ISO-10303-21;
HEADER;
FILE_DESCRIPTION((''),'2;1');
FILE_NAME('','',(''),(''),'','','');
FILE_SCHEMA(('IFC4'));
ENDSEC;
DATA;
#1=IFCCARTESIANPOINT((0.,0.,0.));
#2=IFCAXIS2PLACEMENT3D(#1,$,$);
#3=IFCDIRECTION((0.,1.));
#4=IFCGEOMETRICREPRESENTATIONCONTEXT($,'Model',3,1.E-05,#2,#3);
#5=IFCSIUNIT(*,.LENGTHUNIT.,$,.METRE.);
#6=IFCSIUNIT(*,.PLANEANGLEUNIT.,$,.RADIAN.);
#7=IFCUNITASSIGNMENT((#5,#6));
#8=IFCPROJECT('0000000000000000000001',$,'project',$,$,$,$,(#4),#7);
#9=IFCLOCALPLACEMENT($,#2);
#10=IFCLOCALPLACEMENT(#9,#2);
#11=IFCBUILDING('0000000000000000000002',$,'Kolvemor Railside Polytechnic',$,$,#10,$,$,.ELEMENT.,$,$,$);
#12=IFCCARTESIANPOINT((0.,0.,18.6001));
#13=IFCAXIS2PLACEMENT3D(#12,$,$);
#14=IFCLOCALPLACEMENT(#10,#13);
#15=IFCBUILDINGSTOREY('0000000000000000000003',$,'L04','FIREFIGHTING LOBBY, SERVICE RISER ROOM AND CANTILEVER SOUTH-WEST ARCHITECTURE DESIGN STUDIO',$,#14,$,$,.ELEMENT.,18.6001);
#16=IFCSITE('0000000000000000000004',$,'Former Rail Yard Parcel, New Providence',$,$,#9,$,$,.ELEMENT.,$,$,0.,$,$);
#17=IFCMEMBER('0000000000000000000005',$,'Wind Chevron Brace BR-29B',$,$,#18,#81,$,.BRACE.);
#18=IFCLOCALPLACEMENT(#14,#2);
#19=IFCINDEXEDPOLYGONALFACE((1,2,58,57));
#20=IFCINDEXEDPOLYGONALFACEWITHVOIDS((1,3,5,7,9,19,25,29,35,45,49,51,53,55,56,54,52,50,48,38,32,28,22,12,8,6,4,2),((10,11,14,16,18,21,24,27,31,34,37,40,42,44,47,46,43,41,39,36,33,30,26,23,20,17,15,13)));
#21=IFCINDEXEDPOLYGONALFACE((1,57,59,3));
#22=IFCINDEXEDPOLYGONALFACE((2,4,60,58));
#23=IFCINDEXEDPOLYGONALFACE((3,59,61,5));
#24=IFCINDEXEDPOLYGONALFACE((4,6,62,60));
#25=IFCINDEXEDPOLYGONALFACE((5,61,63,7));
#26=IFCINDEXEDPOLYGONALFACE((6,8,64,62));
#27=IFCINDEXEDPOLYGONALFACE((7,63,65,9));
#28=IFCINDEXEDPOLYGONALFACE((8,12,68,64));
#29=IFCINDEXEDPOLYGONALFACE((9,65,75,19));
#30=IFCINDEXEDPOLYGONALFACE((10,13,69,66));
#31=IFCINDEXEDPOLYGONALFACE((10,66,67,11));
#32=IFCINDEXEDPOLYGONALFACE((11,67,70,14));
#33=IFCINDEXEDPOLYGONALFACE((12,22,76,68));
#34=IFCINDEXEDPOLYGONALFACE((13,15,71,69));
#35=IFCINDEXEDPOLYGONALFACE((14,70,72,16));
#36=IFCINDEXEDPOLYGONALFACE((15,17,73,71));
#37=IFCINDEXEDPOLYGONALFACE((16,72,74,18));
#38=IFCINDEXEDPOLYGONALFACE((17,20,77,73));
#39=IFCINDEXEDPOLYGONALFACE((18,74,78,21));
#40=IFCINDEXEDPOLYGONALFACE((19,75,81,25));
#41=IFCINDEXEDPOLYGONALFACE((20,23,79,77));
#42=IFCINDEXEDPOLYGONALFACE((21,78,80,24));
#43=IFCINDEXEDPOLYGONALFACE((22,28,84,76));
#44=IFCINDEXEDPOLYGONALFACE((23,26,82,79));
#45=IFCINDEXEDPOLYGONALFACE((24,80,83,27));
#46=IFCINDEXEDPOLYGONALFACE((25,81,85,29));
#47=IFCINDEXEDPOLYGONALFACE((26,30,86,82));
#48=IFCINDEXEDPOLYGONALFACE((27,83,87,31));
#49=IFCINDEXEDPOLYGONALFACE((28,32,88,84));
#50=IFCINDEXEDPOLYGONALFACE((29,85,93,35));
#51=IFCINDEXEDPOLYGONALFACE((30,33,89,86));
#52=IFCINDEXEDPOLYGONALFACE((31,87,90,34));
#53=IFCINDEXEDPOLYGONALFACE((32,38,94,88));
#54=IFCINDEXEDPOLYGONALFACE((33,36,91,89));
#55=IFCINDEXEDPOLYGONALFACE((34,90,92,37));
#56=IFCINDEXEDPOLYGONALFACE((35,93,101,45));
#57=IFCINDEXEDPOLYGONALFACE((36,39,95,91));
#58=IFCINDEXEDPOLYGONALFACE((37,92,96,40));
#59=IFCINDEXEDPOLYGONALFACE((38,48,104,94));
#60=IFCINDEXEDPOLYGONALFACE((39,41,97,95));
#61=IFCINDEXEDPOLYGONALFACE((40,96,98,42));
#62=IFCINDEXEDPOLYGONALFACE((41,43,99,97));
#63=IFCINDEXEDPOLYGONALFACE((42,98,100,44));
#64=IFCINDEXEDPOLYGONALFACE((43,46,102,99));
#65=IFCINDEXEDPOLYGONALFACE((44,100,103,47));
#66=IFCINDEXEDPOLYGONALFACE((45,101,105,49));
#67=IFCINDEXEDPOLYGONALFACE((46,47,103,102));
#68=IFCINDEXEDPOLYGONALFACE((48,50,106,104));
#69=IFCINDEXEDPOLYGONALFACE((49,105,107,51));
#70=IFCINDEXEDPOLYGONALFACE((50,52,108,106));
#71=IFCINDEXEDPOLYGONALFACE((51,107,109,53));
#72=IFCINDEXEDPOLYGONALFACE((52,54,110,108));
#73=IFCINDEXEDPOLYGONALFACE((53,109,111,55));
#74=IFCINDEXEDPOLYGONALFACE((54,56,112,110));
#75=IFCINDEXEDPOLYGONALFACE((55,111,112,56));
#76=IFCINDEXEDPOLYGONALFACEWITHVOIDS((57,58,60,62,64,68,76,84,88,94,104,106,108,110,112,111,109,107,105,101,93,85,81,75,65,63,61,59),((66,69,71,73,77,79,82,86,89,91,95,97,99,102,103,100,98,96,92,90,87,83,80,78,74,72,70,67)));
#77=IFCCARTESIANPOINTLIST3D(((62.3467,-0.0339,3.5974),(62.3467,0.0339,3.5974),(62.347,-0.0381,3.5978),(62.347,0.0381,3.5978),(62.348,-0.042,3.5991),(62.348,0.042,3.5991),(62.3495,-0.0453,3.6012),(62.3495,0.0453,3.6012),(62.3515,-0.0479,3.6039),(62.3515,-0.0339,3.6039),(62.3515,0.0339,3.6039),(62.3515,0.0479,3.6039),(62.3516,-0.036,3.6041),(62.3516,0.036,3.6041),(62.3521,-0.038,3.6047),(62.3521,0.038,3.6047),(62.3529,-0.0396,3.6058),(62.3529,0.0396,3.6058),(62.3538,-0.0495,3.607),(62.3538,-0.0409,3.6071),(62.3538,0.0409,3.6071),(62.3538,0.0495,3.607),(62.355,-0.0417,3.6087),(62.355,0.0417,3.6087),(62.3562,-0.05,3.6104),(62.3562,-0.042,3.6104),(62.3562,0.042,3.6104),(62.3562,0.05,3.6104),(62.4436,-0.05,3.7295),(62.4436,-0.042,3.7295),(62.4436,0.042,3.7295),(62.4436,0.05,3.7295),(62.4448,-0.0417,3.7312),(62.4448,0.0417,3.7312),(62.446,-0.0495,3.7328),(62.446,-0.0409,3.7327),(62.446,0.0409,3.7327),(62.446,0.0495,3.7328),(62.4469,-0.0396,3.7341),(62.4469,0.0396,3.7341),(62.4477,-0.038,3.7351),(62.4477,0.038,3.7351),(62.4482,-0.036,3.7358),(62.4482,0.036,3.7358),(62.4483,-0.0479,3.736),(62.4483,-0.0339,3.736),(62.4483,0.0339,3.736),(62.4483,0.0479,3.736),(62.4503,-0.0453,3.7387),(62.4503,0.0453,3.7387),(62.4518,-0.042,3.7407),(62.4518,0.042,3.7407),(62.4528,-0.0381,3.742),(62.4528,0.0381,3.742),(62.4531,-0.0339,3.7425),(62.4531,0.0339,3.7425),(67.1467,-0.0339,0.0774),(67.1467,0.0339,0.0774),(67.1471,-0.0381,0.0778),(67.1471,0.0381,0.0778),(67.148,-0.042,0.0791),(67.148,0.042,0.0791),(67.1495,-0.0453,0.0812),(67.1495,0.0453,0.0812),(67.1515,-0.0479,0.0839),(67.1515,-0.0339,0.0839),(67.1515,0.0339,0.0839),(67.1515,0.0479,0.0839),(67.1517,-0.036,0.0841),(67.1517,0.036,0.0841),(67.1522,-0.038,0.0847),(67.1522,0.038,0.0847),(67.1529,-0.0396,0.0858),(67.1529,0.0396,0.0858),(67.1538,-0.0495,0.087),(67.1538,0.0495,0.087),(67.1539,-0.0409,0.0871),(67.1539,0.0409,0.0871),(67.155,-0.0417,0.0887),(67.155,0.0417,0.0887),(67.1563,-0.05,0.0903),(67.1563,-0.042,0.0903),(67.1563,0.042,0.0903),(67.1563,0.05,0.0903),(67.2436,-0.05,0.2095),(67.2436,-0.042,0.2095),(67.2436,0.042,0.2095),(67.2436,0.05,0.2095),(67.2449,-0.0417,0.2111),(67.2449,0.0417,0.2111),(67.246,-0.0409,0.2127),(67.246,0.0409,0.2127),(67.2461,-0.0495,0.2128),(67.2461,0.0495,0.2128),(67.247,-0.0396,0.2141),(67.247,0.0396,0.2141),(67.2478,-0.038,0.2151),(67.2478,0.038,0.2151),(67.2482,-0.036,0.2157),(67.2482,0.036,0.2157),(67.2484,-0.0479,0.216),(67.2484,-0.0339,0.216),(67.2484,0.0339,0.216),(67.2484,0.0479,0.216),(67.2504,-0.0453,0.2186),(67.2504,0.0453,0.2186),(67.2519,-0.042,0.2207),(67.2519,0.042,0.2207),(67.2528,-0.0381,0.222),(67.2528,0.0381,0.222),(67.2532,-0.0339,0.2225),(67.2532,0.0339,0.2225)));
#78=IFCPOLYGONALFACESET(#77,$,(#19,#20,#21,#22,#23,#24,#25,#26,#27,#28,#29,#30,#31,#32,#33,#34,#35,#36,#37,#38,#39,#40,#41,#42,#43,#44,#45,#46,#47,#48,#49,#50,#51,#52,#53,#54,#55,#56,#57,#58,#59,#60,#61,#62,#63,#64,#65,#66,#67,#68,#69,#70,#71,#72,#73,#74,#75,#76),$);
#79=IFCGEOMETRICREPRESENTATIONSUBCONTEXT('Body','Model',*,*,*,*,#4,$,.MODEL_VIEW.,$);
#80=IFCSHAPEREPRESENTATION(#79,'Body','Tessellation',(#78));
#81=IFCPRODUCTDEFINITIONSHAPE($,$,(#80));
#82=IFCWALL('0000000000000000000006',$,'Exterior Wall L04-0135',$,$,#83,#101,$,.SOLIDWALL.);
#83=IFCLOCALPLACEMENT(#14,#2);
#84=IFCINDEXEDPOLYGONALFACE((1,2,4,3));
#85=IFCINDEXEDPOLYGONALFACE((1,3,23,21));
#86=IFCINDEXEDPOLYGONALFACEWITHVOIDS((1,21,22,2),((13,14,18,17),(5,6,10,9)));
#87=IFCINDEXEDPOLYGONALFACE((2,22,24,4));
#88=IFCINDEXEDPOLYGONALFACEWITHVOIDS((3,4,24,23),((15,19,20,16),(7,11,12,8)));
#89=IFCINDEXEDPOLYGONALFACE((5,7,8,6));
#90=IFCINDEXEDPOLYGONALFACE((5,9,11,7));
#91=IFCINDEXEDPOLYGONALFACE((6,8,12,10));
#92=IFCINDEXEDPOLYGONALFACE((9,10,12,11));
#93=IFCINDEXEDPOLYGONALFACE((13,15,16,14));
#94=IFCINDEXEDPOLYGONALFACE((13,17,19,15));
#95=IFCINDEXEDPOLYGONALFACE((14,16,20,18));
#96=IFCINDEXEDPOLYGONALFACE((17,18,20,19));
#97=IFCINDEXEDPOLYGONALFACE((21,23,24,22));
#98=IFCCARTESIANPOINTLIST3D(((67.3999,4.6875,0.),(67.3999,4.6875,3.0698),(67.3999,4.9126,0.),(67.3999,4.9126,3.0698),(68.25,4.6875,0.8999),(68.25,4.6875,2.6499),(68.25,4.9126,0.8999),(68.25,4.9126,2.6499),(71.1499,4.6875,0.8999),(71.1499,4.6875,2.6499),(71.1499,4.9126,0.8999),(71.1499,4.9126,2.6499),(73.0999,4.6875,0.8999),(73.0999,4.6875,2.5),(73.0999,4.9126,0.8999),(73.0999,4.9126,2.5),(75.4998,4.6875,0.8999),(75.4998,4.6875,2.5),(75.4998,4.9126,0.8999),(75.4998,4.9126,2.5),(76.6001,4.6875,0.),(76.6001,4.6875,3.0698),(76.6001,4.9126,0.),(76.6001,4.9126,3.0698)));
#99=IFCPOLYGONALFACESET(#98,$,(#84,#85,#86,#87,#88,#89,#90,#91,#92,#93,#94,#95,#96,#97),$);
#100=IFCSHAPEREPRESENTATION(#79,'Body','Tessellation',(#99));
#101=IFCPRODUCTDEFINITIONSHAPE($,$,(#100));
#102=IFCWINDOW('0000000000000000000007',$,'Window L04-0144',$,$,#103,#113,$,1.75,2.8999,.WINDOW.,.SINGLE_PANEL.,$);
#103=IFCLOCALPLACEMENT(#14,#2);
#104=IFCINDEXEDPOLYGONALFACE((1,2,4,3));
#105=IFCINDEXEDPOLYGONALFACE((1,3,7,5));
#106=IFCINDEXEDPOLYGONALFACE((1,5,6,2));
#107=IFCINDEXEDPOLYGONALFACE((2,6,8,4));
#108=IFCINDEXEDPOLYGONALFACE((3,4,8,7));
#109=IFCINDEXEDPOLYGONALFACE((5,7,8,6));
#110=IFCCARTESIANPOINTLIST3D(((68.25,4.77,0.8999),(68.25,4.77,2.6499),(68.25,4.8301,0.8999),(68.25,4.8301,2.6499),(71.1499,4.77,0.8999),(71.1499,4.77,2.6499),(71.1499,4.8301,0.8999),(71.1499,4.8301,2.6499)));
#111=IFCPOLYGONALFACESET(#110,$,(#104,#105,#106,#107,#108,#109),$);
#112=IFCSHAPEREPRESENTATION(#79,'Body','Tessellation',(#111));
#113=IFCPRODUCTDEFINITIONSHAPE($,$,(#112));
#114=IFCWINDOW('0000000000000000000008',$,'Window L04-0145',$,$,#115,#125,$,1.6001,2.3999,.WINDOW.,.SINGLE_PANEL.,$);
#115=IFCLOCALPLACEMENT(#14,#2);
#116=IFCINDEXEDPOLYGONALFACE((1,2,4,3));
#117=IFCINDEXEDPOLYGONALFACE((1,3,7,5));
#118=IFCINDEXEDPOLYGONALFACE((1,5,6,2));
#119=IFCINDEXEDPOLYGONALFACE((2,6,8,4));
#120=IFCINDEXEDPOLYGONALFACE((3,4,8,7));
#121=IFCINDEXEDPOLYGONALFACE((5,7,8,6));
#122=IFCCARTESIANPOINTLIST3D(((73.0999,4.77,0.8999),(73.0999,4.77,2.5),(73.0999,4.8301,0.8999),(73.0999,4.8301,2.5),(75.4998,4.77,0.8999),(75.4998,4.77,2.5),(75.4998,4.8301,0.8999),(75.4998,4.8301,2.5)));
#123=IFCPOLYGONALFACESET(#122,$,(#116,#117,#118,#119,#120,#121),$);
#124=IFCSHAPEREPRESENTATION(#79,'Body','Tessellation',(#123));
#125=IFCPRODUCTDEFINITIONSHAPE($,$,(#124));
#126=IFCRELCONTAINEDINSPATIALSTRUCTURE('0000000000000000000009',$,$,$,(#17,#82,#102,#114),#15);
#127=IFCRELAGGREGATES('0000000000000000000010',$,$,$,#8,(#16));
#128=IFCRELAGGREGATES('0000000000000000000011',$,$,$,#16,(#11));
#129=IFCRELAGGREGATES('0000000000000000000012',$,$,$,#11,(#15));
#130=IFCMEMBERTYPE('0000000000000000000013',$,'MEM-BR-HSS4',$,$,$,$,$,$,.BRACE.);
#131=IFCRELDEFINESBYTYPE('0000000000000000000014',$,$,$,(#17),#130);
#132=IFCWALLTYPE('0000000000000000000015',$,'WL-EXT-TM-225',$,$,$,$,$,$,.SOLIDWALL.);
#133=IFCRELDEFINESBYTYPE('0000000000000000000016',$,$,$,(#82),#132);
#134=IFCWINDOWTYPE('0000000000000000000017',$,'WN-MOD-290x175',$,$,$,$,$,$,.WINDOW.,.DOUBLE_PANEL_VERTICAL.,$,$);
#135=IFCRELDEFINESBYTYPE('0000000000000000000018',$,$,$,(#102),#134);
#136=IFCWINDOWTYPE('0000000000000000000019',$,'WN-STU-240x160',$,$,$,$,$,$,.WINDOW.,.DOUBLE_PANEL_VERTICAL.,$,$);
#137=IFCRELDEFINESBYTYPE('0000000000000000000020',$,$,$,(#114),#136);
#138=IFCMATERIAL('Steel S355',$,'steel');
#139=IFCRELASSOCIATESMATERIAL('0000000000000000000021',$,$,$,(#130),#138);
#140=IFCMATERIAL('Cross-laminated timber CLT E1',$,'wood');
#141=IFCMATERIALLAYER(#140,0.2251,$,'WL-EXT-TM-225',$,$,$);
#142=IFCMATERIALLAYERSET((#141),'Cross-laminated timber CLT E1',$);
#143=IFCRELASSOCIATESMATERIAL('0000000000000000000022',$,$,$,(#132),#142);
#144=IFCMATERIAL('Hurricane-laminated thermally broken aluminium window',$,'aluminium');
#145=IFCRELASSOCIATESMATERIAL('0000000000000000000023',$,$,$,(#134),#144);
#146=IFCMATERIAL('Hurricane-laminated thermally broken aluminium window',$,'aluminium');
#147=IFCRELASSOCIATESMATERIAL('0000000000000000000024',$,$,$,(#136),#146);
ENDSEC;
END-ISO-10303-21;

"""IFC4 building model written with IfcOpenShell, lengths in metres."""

from ifc_helpers import new_model, si_unit, direction, frame, frame_2d, origin, origin_2d, place, context, subcontext, project, spatial, rectangle, hollow_rectangle, extrude, material, layer, layer_set, material_profile, profile_set, type_object, element, fill, save


model = new_model("IFC4")

# Units and contexts
model_context = context("Model", 3, precision=1e-05, world=origin(), true_north=direction((0.0, 1.0)))
body_context = subcontext(model_context, "Body", "Model", "MODEL_VIEW")
ifc_project = project(units=[si_unit("LENGTHUNIT", "METRE"), si_unit("PLANEANGLEUNIT", "RADIAN")], contexts=[model_context])

# Site, building, storey
site_placement = place(None, origin())
site = spatial("IfcSite", under=ifc_project, at=site_placement, Name="Former Rail Yard Parcel, New Providence", CompositionType="ELEMENT", RefElevation=0.0)
building_placement = place(site_placement, origin())
building = spatial("IfcBuilding", under=site, at=building_placement, Name="Kolvemor Railside Polytechnic", CompositionType="ELEMENT")
storey_placement = place(building_placement, frame((0.0, 0.0, 18.6001)))
storey = spatial("IfcBuildingStorey", under=building, at=storey_placement, Name="L04", Description="FIREFIGHTING LOBBY, SERVICE RISER ROOM AND CANTILEVER SOUTH-WEST ARCHITECTURE DESIGN STUDIO", CompositionType="ELEMENT", Elevation=18.6001)

# Member
ifc_material_1 = material(Name="Steel S355", Category="steel")
ifc_material_profile_1 = material_profile(ifc_material_1, hollow_rectangle(XDim=0.1001, YDim=0.1799, WallThickness=0.0081, InnerFilletRadius=0.0081, OuterFilletRadius=0.0161, at=origin_2d()), Name="HSS180x100x8")
ifc_profile_set_1 = profile_set([ifc_material_profile_1], Name="Steel S355")
member_type = type_object("IfcMemberType", Name="MEM-BR-HSS4", PredefinedType="BRACE", material=ifc_profile_set_1)
member_placement = place(storey_placement, frame((67.2, 0.0, 0.1499), z_axis=(-0.806406, 0.0, 0.591362), x_axis=(0.0, -1.0, 0.0)))
element("IfcMember", 1, at=member_placement, inside=storey, type_object=member_type, Name="Wind Chevron Brace BR-29B", PredefinedType="BRACE", context=body_context, shape_type="SweptSolid", body=[
    extrude(hollow_rectangle(XDim=0.1001, YDim=0.1799, WallThickness=0.0081, InnerFilletRadius=0.0081, OuterFilletRadius=0.0161, at=origin_2d()), origin(), (0.0, 0.0, 1.0), 5.9524),
])

# Wall, openings, windows
ifc_material_2 = material(Name="Cross-laminated timber CLT E1", Category="wood")
ifc_layer = layer(ifc_material_2, 0.2251, Name="WL-EXT-TM-225")
ifc_layer_set = layer_set([ifc_layer], Name="Cross-laminated timber CLT E1")
wall_type = type_object("IfcWallType", Name="WL-EXT-TM-225", PredefinedType="SOLIDWALL", material=ifc_layer_set)
wall_placement = place(storey_placement, frame((67.3999, 4.8, 0.0), z_axis=(0.0, 0.0, 1.0), x_axis=(1.0, 0.0, 0.0)))
wall = element("IfcWall", 2, at=wall_placement, inside=storey, type_object=wall_type, Name="Exterior Wall L04-0135", PredefinedType="SOLIDWALL", context=body_context, shape_type="SweptSolid", body=[
    extrude(rectangle(XDim=9.2002, YDim=0.2251, at=frame_2d((4.6001, 0.0))), origin(), (0.0, 0.0, 1.0), 3.0698),
])
opening_1_placement = place(wall_placement, frame((0.8501, 0.0, 0.8999)))
opening_1 = element("IfcOpeningElement", 3, at=opening_1_placement, cuts=wall, PredefinedType="OPENING", context=body_context, shape_type="SweptSolid", body=[
    extrude(rectangle(XDim=2.8999, YDim=1.75, at=frame_2d((1.45, 0.875))), frame((0.0, 0.1226, 0.0), z_axis=(0.0, -1.0, 0.0), x_axis=(1.0, 0.0, 0.0)), (0.0, 0.0, 1.0), 0.2451),
])
opening_2_placement = place(wall_placement, frame((5.7, 0.0, 0.8999)))
opening_2 = element("IfcOpeningElement", 4, at=opening_2_placement, cuts=wall, PredefinedType="OPENING", context=body_context, shape_type="SweptSolid", body=[
    extrude(rectangle(XDim=2.3999, YDim=1.6001, at=frame_2d((1.2, 0.8))), frame((0.0, 0.1226, 0.0), z_axis=(0.0, -1.0, 0.0), x_axis=(1.0, 0.0, 0.0)), (0.0, 0.0, 1.0), 0.2451),
])
ifc_material_3 = material(Name="Hurricane-laminated thermally broken aluminium window", Category="aluminium")
window_type_1 = type_object("IfcWindowType", Name="WN-MOD-290x175", PartitioningType="DOUBLE_PANEL_VERTICAL", PredefinedType="WINDOW", material=ifc_material_3)
window_1_placement = place(opening_1_placement, origin())
window_1 = element("IfcWindow", 5, at=window_1_placement, inside=storey, type_object=window_type_1, Name="Window L04-0144", OverallHeight=1.75, OverallWidth=2.8999, PartitioningType="SINGLE_PANEL", PredefinedType="WINDOW", context=body_context, shape_type="SweptSolid", body=[
    extrude(rectangle(XDim=2.8999, YDim=1.75, at=frame_2d((1.45, 0.875))), frame((0.0, 0.03, 0.0), z_axis=(0.0, -1.0, 0.0), x_axis=(1.0, 0.0, 0.0)), (0.0, 0.0, 1.0), 0.0601),
])
fill(opening_1, window_1)
ifc_material_4 = material(Name="Hurricane-laminated thermally broken aluminium window", Category="aluminium")
window_type_2 = type_object("IfcWindowType", Name="WN-STU-240x160", PartitioningType="DOUBLE_PANEL_VERTICAL", PredefinedType="WINDOW", material=ifc_material_4)
window_2_placement = place(opening_2_placement, origin())
window_2 = element("IfcWindow", 6, at=window_2_placement, inside=storey, type_object=window_type_2, Name="Window L04-0145", OverallHeight=1.6001, OverallWidth=2.3999, PartitioningType="SINGLE_PANEL", PredefinedType="WINDOW", context=body_context, shape_type="SweptSolid", body=[
    extrude(rectangle(XDim=2.3999, YDim=1.6001, at=frame_2d((1.2, 0.8))), frame((0.0, 0.03, 0.0), z_axis=(0.0, -1.0, 0.0), x_axis=(1.0, 0.0, 0.0)), (0.0, 0.0, 1.0), 0.0601),
])
fill(opening_2, window_2)

save(model, "model.ifc")
